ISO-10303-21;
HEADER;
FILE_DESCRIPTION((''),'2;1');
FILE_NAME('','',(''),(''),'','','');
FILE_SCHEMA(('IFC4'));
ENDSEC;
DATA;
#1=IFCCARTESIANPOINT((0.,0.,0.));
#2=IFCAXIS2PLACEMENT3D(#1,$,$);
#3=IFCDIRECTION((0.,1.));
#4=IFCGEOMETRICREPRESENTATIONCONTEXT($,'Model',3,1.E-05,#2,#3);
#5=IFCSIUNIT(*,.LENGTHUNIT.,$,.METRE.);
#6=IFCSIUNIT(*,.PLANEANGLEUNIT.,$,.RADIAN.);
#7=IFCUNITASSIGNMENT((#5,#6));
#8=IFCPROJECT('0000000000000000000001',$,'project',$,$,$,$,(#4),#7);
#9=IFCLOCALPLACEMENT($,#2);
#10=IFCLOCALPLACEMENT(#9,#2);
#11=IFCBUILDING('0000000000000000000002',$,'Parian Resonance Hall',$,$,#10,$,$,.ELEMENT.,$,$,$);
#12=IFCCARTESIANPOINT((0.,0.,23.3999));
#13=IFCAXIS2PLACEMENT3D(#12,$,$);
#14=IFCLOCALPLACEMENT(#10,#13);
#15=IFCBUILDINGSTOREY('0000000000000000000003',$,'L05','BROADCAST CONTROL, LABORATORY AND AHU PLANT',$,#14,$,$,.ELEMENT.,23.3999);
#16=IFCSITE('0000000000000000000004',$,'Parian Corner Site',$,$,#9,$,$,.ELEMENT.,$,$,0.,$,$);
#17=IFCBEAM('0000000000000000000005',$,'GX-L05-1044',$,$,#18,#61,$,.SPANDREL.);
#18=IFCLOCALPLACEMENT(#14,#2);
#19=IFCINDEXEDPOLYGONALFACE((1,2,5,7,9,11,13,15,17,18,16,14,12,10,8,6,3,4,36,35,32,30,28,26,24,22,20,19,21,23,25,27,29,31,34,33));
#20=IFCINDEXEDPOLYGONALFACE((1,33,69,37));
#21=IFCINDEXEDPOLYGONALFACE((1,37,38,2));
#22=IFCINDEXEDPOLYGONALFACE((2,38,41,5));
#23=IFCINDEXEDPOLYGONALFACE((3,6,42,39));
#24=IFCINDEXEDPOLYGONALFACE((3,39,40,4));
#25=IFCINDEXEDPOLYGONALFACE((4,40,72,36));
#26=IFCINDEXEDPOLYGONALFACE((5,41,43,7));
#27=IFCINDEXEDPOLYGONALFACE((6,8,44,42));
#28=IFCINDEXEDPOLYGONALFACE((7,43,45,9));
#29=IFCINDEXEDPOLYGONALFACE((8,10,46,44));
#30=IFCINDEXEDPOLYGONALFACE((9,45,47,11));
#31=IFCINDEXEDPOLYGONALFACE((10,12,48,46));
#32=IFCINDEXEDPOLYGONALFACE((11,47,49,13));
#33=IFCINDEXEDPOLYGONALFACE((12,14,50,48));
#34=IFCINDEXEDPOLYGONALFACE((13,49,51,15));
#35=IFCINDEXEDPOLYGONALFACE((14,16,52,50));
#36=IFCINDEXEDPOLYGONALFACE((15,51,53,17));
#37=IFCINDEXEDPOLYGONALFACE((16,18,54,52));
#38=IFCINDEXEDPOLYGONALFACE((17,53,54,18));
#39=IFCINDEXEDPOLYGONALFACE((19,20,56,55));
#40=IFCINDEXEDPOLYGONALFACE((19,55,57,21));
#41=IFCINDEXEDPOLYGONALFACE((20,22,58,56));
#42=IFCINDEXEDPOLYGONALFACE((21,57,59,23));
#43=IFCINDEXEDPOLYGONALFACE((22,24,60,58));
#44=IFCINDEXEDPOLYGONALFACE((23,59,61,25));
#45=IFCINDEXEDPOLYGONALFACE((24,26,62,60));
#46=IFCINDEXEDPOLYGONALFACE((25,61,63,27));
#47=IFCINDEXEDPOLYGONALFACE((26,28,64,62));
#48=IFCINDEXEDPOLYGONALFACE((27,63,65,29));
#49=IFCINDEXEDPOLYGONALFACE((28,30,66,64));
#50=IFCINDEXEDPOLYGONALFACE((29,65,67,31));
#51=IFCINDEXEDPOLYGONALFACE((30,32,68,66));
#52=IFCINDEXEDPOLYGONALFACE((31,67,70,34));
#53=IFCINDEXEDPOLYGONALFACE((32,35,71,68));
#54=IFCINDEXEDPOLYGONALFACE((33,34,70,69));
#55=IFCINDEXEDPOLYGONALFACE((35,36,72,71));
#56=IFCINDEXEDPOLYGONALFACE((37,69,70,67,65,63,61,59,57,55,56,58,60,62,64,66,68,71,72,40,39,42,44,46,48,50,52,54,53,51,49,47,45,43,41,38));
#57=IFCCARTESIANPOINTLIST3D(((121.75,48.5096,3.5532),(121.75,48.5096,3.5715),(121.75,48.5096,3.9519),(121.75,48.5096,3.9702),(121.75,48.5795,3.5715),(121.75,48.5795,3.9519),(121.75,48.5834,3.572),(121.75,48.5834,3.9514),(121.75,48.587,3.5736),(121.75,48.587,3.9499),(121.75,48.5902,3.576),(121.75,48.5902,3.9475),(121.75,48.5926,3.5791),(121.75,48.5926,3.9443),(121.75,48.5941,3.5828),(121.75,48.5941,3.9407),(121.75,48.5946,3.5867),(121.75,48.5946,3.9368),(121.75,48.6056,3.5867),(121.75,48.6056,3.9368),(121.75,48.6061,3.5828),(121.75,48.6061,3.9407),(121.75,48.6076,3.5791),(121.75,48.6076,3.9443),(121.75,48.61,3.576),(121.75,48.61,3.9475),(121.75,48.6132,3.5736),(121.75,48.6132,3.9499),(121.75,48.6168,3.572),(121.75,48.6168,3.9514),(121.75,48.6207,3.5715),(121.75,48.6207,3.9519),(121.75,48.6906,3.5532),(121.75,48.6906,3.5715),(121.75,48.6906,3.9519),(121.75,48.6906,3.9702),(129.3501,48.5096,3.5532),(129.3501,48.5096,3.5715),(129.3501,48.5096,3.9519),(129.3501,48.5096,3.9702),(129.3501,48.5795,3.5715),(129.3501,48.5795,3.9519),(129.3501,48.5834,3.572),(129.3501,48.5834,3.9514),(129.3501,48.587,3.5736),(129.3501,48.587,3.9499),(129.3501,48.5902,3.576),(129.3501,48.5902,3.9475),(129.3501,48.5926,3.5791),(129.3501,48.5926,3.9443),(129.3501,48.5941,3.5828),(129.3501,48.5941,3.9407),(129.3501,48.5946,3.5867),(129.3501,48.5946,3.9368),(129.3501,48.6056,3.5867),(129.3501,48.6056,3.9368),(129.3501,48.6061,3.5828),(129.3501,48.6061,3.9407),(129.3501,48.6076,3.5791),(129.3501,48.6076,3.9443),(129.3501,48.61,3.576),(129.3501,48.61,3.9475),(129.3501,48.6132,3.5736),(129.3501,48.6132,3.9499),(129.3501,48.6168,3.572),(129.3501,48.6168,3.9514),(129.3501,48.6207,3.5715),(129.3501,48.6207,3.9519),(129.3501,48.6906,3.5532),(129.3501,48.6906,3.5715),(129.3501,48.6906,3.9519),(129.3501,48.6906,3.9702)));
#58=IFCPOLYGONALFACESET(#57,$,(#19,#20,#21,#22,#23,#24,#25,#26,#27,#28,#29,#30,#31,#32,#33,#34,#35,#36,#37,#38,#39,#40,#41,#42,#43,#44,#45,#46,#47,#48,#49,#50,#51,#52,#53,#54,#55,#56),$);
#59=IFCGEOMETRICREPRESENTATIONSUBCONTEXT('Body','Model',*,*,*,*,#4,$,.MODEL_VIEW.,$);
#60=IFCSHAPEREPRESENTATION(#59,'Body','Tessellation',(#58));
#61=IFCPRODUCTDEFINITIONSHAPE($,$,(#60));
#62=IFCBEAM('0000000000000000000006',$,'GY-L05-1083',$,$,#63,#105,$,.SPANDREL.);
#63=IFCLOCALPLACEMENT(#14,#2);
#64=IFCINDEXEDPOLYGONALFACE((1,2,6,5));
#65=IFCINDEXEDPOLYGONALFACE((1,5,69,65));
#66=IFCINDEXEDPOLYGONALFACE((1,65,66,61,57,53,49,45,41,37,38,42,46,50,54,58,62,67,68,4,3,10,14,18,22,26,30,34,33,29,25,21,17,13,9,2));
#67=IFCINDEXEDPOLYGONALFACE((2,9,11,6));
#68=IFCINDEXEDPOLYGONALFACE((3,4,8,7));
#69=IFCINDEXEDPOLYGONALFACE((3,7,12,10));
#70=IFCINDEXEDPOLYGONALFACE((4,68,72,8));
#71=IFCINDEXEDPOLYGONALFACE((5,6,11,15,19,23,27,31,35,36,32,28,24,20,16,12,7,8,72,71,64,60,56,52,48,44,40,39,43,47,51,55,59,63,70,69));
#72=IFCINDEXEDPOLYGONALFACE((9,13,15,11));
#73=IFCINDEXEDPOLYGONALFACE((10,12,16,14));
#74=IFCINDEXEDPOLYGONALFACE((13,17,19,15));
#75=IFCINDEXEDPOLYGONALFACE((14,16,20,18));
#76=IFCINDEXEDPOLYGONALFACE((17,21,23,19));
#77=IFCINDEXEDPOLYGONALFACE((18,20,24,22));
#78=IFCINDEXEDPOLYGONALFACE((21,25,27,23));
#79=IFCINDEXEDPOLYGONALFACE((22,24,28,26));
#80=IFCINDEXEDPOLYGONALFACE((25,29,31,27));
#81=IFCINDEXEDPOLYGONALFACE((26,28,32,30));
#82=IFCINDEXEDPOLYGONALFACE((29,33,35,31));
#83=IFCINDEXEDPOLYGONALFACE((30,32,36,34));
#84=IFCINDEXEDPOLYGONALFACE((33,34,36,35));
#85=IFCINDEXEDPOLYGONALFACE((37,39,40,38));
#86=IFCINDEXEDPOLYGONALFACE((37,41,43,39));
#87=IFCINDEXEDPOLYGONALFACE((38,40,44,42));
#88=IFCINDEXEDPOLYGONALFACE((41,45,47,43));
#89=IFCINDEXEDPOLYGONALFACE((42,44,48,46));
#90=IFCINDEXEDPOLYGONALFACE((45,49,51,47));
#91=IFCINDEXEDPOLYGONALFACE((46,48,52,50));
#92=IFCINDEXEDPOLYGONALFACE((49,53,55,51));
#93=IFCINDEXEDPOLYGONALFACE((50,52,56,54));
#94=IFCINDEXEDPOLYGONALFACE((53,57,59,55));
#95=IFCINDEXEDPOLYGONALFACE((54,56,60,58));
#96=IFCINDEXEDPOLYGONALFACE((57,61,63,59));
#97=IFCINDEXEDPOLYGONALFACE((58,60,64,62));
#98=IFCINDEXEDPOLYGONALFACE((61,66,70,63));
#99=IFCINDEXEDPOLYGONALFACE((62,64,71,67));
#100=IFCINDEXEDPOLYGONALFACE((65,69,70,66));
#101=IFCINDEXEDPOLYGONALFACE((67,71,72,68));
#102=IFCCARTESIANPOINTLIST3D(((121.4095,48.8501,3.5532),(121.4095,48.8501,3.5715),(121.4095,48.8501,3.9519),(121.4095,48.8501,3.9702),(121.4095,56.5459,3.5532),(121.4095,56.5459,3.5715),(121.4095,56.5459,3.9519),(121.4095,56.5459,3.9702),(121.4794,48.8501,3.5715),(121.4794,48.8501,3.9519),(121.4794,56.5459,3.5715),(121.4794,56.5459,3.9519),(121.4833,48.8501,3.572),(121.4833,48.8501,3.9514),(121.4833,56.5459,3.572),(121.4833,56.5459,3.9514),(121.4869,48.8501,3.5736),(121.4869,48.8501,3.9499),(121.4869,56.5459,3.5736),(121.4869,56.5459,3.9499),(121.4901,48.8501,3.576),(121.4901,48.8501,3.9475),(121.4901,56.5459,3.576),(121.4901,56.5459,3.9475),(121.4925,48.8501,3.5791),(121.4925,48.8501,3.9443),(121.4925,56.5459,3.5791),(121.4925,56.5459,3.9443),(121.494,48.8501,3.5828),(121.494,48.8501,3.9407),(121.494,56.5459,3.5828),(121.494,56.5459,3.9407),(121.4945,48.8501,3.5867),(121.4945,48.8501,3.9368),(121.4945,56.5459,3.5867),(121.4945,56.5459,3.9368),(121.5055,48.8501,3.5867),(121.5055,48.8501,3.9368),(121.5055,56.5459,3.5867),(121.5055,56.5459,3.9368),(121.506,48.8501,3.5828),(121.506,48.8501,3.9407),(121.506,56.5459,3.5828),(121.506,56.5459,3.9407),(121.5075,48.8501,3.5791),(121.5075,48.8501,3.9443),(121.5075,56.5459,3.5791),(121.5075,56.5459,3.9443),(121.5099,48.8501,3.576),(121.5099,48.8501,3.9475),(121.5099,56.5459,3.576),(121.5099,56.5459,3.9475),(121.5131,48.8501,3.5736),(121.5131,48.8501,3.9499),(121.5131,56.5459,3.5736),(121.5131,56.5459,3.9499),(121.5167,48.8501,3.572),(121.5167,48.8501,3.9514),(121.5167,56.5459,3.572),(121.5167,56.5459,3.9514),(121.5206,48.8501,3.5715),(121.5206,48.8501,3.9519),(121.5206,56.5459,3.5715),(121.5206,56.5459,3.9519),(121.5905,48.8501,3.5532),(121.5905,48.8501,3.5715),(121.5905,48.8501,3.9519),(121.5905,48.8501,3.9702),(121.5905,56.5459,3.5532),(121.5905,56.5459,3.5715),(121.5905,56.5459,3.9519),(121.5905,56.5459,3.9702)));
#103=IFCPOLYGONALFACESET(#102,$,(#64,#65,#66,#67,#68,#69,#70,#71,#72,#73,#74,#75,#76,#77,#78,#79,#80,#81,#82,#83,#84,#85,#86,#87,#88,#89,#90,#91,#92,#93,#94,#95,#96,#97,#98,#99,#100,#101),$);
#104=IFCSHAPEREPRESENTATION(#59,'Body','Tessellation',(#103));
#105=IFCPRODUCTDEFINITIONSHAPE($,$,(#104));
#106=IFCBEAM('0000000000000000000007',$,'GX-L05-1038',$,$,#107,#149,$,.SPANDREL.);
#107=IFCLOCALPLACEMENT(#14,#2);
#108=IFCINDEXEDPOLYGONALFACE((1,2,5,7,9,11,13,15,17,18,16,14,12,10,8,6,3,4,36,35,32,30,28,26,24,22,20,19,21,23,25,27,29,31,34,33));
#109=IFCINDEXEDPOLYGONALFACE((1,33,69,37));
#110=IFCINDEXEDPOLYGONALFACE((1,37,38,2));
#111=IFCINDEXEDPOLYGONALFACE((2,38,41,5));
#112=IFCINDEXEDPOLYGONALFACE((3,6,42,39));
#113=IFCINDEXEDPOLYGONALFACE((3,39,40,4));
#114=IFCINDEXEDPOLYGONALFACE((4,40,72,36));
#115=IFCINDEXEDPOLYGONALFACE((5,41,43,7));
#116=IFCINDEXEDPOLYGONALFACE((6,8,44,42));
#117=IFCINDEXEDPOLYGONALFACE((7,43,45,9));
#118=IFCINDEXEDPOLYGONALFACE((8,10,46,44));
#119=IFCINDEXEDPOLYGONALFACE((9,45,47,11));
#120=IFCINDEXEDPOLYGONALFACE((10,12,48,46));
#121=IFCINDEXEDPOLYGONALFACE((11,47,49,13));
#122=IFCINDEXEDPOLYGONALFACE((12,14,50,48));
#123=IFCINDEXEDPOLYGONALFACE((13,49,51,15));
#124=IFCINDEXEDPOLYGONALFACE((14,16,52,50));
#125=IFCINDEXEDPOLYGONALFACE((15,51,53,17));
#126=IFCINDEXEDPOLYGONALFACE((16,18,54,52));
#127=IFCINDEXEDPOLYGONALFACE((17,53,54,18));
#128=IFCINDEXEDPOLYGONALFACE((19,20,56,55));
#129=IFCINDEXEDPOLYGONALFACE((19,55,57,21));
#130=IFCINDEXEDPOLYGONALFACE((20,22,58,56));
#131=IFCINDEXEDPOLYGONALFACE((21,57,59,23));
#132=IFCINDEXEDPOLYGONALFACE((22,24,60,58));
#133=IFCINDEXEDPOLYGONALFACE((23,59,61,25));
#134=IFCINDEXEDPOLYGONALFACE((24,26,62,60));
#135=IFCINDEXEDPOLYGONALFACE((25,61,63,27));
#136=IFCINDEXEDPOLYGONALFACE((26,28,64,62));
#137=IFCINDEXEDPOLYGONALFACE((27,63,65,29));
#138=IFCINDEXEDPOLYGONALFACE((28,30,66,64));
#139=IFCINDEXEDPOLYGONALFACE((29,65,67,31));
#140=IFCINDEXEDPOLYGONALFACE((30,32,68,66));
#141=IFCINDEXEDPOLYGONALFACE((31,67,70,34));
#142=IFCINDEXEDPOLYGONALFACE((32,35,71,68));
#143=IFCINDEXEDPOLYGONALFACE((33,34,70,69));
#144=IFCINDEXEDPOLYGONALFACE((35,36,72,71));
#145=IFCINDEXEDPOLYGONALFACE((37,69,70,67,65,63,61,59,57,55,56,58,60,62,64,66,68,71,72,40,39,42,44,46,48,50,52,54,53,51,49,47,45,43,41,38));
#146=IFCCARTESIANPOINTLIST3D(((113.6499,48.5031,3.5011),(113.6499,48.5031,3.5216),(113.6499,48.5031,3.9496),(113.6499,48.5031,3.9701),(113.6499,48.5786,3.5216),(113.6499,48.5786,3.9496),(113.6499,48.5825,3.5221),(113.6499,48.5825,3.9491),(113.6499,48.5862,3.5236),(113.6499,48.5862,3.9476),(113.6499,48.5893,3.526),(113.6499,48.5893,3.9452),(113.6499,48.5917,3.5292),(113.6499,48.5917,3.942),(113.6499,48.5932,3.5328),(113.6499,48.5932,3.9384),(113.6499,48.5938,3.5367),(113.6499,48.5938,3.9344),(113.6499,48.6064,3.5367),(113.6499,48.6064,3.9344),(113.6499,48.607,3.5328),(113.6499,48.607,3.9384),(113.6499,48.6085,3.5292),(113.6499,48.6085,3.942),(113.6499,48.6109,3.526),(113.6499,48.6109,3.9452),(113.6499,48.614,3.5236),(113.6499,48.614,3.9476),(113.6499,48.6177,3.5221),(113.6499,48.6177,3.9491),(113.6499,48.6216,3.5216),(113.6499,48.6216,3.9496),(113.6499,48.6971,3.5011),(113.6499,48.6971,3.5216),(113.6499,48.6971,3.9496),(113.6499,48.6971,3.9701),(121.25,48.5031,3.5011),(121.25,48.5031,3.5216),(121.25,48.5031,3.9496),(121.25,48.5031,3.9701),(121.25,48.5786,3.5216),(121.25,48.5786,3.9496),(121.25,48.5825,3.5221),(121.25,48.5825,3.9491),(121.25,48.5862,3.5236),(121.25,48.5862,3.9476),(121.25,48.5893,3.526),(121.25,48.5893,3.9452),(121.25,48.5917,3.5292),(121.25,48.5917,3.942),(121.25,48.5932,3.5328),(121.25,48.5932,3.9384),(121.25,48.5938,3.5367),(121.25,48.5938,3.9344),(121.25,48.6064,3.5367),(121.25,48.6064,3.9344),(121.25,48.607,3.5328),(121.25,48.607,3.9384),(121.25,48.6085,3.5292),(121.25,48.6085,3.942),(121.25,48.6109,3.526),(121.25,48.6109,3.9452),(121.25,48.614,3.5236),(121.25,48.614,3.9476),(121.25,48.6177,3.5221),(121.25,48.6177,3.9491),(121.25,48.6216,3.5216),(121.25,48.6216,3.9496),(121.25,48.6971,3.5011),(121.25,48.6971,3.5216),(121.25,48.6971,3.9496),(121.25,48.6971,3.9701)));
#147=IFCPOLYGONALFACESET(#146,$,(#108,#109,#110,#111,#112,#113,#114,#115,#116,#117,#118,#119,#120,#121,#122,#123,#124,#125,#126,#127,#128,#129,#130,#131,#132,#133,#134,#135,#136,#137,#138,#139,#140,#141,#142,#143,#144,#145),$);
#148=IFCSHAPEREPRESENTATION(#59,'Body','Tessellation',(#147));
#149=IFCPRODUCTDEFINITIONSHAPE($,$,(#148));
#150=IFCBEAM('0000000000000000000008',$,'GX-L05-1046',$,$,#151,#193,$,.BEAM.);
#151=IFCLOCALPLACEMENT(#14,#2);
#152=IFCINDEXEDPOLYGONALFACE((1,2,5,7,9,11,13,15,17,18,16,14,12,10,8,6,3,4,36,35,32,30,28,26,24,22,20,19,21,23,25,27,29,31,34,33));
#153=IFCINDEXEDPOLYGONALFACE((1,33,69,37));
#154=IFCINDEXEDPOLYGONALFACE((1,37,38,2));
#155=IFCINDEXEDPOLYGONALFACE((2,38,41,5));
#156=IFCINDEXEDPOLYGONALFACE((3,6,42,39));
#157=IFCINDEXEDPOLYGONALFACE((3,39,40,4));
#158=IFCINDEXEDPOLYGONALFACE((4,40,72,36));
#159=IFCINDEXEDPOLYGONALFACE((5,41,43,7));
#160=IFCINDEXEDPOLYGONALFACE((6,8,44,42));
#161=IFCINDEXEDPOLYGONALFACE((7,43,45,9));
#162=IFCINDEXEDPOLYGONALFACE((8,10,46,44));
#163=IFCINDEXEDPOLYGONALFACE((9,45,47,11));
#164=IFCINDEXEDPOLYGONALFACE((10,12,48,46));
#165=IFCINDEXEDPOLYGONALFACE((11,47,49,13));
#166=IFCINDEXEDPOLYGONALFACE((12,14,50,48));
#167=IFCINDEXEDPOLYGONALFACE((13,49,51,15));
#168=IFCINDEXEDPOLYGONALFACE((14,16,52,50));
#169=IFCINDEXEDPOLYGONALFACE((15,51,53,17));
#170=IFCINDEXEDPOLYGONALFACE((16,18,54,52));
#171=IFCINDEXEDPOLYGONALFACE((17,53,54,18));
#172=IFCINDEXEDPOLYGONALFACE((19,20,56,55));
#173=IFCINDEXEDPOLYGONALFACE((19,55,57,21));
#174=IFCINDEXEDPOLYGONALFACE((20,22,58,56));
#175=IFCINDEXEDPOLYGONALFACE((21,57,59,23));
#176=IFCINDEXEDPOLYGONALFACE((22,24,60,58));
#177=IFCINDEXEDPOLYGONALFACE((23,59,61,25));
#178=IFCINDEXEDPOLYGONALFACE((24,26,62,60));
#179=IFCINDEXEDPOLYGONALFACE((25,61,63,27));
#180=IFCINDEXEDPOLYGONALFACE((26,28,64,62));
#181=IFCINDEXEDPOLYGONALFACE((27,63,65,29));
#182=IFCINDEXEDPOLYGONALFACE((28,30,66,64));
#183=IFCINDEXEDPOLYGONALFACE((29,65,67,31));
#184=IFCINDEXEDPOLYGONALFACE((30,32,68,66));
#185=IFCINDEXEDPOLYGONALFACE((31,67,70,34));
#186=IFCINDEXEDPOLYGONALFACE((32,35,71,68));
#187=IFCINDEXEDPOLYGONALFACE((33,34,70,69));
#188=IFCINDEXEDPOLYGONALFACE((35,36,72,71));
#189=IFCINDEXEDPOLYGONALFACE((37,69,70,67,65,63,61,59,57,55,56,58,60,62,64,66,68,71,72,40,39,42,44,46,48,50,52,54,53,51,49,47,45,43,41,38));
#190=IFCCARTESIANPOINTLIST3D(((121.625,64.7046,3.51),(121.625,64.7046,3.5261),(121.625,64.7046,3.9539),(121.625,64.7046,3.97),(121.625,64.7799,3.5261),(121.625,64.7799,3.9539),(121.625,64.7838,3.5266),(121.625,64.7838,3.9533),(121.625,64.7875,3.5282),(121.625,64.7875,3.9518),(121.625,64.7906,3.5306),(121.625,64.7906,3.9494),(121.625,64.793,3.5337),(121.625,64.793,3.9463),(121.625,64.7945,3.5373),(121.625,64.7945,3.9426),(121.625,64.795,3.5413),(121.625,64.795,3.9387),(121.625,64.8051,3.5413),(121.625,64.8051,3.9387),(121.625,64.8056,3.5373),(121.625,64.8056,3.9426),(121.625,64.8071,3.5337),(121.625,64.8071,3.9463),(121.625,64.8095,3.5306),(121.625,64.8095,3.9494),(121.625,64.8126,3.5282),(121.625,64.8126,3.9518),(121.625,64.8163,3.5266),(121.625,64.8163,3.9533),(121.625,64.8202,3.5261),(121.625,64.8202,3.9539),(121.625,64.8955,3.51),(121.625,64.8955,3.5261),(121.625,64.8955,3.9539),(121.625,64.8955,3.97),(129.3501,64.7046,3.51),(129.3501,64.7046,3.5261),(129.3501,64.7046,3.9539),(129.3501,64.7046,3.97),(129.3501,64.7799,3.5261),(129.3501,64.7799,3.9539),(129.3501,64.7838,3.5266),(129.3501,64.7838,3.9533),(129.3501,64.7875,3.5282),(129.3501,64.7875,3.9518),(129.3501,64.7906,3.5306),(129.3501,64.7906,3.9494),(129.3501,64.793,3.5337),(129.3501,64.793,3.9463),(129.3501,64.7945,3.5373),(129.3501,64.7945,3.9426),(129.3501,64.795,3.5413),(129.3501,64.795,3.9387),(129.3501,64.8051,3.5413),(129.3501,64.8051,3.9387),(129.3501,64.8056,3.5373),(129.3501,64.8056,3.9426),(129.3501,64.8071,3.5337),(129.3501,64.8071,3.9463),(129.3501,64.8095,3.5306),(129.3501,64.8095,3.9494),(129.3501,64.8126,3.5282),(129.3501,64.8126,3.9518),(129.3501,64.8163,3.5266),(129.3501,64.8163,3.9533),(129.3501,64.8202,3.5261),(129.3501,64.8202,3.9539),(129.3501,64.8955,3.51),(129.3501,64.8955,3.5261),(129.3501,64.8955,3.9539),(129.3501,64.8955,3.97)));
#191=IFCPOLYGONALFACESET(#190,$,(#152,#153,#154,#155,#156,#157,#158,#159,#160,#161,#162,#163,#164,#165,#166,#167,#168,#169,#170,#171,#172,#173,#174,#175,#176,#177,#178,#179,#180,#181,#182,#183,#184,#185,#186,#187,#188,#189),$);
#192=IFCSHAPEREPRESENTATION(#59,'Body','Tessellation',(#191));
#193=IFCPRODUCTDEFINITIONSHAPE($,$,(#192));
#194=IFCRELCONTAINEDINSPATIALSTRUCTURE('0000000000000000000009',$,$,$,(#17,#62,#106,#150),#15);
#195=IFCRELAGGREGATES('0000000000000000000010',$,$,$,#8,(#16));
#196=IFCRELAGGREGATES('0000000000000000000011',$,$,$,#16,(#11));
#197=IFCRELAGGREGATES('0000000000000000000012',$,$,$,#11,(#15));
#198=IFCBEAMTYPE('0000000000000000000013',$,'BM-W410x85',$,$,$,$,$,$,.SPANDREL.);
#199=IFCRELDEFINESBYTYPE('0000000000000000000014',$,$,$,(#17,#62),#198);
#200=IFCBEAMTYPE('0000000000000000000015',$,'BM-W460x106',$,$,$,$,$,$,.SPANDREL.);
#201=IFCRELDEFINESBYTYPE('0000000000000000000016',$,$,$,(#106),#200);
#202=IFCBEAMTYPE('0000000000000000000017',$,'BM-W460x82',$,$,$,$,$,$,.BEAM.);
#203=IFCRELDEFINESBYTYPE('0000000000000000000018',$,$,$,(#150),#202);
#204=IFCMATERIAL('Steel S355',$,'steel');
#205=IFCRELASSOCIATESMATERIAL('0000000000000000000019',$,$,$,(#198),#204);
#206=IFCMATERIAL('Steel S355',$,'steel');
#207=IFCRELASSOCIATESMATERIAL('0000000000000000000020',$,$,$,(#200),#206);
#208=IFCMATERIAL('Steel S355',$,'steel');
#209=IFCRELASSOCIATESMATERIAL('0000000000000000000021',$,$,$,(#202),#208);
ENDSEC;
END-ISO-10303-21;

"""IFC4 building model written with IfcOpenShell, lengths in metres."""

from ifc_helpers import new_model, si_unit, direction, frame, origin, origin_2d, place, context, subcontext, project, spatial, i_section, extrude, material, material_profile, profile_set, type_object, element, save


model = new_model("IFC4")

# Units and contexts
model_context = context("Model", 3, precision=1e-05, world=origin(), true_north=direction((0.0, 1.0)))
body_context = subcontext(model_context, "Body", "Model", "MODEL_VIEW")
ifc_project = project(units=[si_unit("LENGTHUNIT", "METRE"), si_unit("PLANEANGLEUNIT", "RADIAN")], contexts=[model_context])

# Site, building, storey
site_placement = place(None, origin())
site = spatial("IfcSite", under=ifc_project, at=site_placement, Name="Parian Corner Site", CompositionType="ELEMENT", RefElevation=0.0)
building_placement = place(site_placement, origin())
building = spatial("IfcBuilding", under=site, at=building_placement, Name="Parian Resonance Hall", CompositionType="ELEMENT")
storey_placement = place(building_placement, frame((0.0, 0.0, 23.3999)))
storey = spatial("IfcBuildingStorey", under=building, at=storey_placement, Name="L05", Description="BROADCAST CONTROL, LABORATORY AND AHU PLANT", CompositionType="ELEMENT", Elevation=23.3999)

# Beams
ifc_material_1 = material(Name="Steel S355", Category="steel")
ifc_material_profile_1 = material_profile(ifc_material_1, i_section(OverallWidth=0.1809, OverallDepth=0.417, WebThickness=0.011, FlangeThickness=0.0183, FilletRadius=0.0151, at=origin_2d()), Name="W410x85")
ifc_profile_set_1 = profile_set([ifc_material_profile_1], Name="Steel S355")
beam_type_1 = type_object("IfcBeamType", Name="BM-W410x85", PredefinedType="SPANDREL", material=ifc_profile_set_1)
beam_1_placement = place(storey_placement, frame((121.75, 48.6001, 3.7617), z_axis=(1.0, 0.0, 0.0), x_axis=(0.0, 1.0, 0.0)))
element("IfcBeam", 1, at=beam_1_placement, inside=storey, type_object=beam_type_1, Name="GX-L05-1044", PredefinedType="SPANDREL", context=body_context, shape_type="SweptSolid", body=[
    extrude(i_section(OverallWidth=0.1809, OverallDepth=0.417, WebThickness=0.011, FlangeThickness=0.0183, FilletRadius=0.0151, at=origin_2d()), origin(), (0.0, 0.0, 1.0), 7.6001),
])
beam_2_placement = place(storey_placement, frame((121.5, 48.8501, 3.7617), z_axis=(0.0, 1.0, 0.0), x_axis=(-1.0, 0.0, 0.0)))
element("IfcBeam", 2, at=beam_2_placement, inside=storey, type_object=beam_type_1, Name="GY-L05-1083", PredefinedType="SPANDREL", context=body_context, shape_type="SweptSolid", body=[
    extrude(i_section(OverallWidth=0.1809, OverallDepth=0.417, WebThickness=0.011, FlangeThickness=0.0183, FilletRadius=0.0151, at=origin_2d()), origin(), (0.0, 0.0, 1.0), 7.6958),
])
ifc_material_2 = material(Name="Steel S355", Category="steel")
ifc_material_profile_2 = material_profile(ifc_material_2, i_section(OverallWidth=0.1941, OverallDepth=0.469, WebThickness=0.0127, FlangeThickness=0.0205, FilletRadius=0.0151, at=origin_2d()), Name="W460x106")
ifc_profile_set_2 = profile_set([ifc_material_profile_2], Name="Steel S355")
beam_type_2 = type_object("IfcBeamType", Name="BM-W460x106", PredefinedType="SPANDREL", material=ifc_profile_set_2)
beam_3_placement = place(storey_placement, frame((113.6499, 48.6001, 3.7356), z_axis=(1.0, 0.0, 0.0), x_axis=(0.0, 1.0, 0.0)))
element("IfcBeam", 3, at=beam_3_placement, inside=storey, type_object=beam_type_2, Name="GX-L05-1038", PredefinedType="SPANDREL", context=body_context, shape_type="SweptSolid", body=[
    extrude(i_section(OverallWidth=0.1941, OverallDepth=0.469, WebThickness=0.0127, FlangeThickness=0.0205, FilletRadius=0.0151, at=origin_2d()), origin(), (0.0, 0.0, 1.0), 7.6001),
])
ifc_material_3 = material(Name="Steel S355", Category="steel")
ifc_material_profile_3 = material_profile(ifc_material_3, i_section(OverallWidth=0.1909, OverallDepth=0.46, WebThickness=0.01, FlangeThickness=0.0161, FilletRadius=0.0151, at=origin_2d()), Name="W460x82")
ifc_profile_set_3 = profile_set([ifc_material_profile_3], Name="Steel S355")
beam_type_3 = type_object("IfcBeamType", Name="BM-W460x82", PredefinedType="BEAM", material=ifc_profile_set_3)
beam_4_placement = place(storey_placement, frame((121.625, 64.8, 3.74), z_axis=(1.0, 0.0, 0.0), x_axis=(0.0, 1.0, 0.0)))
element("IfcBeam", 4, at=beam_4_placement, inside=storey, type_object=beam_type_3, Name="GX-L05-1046", PredefinedType="BEAM", context=body_context, shape_type="SweptSolid", body=[
    extrude(i_section(OverallWidth=0.1909, OverallDepth=0.46, WebThickness=0.01, FlangeThickness=0.0161, FilletRadius=0.0151, at=origin_2d()), origin(), (0.0, 0.0, 1.0), 7.7251),
])

save(model, "model.ifc")
